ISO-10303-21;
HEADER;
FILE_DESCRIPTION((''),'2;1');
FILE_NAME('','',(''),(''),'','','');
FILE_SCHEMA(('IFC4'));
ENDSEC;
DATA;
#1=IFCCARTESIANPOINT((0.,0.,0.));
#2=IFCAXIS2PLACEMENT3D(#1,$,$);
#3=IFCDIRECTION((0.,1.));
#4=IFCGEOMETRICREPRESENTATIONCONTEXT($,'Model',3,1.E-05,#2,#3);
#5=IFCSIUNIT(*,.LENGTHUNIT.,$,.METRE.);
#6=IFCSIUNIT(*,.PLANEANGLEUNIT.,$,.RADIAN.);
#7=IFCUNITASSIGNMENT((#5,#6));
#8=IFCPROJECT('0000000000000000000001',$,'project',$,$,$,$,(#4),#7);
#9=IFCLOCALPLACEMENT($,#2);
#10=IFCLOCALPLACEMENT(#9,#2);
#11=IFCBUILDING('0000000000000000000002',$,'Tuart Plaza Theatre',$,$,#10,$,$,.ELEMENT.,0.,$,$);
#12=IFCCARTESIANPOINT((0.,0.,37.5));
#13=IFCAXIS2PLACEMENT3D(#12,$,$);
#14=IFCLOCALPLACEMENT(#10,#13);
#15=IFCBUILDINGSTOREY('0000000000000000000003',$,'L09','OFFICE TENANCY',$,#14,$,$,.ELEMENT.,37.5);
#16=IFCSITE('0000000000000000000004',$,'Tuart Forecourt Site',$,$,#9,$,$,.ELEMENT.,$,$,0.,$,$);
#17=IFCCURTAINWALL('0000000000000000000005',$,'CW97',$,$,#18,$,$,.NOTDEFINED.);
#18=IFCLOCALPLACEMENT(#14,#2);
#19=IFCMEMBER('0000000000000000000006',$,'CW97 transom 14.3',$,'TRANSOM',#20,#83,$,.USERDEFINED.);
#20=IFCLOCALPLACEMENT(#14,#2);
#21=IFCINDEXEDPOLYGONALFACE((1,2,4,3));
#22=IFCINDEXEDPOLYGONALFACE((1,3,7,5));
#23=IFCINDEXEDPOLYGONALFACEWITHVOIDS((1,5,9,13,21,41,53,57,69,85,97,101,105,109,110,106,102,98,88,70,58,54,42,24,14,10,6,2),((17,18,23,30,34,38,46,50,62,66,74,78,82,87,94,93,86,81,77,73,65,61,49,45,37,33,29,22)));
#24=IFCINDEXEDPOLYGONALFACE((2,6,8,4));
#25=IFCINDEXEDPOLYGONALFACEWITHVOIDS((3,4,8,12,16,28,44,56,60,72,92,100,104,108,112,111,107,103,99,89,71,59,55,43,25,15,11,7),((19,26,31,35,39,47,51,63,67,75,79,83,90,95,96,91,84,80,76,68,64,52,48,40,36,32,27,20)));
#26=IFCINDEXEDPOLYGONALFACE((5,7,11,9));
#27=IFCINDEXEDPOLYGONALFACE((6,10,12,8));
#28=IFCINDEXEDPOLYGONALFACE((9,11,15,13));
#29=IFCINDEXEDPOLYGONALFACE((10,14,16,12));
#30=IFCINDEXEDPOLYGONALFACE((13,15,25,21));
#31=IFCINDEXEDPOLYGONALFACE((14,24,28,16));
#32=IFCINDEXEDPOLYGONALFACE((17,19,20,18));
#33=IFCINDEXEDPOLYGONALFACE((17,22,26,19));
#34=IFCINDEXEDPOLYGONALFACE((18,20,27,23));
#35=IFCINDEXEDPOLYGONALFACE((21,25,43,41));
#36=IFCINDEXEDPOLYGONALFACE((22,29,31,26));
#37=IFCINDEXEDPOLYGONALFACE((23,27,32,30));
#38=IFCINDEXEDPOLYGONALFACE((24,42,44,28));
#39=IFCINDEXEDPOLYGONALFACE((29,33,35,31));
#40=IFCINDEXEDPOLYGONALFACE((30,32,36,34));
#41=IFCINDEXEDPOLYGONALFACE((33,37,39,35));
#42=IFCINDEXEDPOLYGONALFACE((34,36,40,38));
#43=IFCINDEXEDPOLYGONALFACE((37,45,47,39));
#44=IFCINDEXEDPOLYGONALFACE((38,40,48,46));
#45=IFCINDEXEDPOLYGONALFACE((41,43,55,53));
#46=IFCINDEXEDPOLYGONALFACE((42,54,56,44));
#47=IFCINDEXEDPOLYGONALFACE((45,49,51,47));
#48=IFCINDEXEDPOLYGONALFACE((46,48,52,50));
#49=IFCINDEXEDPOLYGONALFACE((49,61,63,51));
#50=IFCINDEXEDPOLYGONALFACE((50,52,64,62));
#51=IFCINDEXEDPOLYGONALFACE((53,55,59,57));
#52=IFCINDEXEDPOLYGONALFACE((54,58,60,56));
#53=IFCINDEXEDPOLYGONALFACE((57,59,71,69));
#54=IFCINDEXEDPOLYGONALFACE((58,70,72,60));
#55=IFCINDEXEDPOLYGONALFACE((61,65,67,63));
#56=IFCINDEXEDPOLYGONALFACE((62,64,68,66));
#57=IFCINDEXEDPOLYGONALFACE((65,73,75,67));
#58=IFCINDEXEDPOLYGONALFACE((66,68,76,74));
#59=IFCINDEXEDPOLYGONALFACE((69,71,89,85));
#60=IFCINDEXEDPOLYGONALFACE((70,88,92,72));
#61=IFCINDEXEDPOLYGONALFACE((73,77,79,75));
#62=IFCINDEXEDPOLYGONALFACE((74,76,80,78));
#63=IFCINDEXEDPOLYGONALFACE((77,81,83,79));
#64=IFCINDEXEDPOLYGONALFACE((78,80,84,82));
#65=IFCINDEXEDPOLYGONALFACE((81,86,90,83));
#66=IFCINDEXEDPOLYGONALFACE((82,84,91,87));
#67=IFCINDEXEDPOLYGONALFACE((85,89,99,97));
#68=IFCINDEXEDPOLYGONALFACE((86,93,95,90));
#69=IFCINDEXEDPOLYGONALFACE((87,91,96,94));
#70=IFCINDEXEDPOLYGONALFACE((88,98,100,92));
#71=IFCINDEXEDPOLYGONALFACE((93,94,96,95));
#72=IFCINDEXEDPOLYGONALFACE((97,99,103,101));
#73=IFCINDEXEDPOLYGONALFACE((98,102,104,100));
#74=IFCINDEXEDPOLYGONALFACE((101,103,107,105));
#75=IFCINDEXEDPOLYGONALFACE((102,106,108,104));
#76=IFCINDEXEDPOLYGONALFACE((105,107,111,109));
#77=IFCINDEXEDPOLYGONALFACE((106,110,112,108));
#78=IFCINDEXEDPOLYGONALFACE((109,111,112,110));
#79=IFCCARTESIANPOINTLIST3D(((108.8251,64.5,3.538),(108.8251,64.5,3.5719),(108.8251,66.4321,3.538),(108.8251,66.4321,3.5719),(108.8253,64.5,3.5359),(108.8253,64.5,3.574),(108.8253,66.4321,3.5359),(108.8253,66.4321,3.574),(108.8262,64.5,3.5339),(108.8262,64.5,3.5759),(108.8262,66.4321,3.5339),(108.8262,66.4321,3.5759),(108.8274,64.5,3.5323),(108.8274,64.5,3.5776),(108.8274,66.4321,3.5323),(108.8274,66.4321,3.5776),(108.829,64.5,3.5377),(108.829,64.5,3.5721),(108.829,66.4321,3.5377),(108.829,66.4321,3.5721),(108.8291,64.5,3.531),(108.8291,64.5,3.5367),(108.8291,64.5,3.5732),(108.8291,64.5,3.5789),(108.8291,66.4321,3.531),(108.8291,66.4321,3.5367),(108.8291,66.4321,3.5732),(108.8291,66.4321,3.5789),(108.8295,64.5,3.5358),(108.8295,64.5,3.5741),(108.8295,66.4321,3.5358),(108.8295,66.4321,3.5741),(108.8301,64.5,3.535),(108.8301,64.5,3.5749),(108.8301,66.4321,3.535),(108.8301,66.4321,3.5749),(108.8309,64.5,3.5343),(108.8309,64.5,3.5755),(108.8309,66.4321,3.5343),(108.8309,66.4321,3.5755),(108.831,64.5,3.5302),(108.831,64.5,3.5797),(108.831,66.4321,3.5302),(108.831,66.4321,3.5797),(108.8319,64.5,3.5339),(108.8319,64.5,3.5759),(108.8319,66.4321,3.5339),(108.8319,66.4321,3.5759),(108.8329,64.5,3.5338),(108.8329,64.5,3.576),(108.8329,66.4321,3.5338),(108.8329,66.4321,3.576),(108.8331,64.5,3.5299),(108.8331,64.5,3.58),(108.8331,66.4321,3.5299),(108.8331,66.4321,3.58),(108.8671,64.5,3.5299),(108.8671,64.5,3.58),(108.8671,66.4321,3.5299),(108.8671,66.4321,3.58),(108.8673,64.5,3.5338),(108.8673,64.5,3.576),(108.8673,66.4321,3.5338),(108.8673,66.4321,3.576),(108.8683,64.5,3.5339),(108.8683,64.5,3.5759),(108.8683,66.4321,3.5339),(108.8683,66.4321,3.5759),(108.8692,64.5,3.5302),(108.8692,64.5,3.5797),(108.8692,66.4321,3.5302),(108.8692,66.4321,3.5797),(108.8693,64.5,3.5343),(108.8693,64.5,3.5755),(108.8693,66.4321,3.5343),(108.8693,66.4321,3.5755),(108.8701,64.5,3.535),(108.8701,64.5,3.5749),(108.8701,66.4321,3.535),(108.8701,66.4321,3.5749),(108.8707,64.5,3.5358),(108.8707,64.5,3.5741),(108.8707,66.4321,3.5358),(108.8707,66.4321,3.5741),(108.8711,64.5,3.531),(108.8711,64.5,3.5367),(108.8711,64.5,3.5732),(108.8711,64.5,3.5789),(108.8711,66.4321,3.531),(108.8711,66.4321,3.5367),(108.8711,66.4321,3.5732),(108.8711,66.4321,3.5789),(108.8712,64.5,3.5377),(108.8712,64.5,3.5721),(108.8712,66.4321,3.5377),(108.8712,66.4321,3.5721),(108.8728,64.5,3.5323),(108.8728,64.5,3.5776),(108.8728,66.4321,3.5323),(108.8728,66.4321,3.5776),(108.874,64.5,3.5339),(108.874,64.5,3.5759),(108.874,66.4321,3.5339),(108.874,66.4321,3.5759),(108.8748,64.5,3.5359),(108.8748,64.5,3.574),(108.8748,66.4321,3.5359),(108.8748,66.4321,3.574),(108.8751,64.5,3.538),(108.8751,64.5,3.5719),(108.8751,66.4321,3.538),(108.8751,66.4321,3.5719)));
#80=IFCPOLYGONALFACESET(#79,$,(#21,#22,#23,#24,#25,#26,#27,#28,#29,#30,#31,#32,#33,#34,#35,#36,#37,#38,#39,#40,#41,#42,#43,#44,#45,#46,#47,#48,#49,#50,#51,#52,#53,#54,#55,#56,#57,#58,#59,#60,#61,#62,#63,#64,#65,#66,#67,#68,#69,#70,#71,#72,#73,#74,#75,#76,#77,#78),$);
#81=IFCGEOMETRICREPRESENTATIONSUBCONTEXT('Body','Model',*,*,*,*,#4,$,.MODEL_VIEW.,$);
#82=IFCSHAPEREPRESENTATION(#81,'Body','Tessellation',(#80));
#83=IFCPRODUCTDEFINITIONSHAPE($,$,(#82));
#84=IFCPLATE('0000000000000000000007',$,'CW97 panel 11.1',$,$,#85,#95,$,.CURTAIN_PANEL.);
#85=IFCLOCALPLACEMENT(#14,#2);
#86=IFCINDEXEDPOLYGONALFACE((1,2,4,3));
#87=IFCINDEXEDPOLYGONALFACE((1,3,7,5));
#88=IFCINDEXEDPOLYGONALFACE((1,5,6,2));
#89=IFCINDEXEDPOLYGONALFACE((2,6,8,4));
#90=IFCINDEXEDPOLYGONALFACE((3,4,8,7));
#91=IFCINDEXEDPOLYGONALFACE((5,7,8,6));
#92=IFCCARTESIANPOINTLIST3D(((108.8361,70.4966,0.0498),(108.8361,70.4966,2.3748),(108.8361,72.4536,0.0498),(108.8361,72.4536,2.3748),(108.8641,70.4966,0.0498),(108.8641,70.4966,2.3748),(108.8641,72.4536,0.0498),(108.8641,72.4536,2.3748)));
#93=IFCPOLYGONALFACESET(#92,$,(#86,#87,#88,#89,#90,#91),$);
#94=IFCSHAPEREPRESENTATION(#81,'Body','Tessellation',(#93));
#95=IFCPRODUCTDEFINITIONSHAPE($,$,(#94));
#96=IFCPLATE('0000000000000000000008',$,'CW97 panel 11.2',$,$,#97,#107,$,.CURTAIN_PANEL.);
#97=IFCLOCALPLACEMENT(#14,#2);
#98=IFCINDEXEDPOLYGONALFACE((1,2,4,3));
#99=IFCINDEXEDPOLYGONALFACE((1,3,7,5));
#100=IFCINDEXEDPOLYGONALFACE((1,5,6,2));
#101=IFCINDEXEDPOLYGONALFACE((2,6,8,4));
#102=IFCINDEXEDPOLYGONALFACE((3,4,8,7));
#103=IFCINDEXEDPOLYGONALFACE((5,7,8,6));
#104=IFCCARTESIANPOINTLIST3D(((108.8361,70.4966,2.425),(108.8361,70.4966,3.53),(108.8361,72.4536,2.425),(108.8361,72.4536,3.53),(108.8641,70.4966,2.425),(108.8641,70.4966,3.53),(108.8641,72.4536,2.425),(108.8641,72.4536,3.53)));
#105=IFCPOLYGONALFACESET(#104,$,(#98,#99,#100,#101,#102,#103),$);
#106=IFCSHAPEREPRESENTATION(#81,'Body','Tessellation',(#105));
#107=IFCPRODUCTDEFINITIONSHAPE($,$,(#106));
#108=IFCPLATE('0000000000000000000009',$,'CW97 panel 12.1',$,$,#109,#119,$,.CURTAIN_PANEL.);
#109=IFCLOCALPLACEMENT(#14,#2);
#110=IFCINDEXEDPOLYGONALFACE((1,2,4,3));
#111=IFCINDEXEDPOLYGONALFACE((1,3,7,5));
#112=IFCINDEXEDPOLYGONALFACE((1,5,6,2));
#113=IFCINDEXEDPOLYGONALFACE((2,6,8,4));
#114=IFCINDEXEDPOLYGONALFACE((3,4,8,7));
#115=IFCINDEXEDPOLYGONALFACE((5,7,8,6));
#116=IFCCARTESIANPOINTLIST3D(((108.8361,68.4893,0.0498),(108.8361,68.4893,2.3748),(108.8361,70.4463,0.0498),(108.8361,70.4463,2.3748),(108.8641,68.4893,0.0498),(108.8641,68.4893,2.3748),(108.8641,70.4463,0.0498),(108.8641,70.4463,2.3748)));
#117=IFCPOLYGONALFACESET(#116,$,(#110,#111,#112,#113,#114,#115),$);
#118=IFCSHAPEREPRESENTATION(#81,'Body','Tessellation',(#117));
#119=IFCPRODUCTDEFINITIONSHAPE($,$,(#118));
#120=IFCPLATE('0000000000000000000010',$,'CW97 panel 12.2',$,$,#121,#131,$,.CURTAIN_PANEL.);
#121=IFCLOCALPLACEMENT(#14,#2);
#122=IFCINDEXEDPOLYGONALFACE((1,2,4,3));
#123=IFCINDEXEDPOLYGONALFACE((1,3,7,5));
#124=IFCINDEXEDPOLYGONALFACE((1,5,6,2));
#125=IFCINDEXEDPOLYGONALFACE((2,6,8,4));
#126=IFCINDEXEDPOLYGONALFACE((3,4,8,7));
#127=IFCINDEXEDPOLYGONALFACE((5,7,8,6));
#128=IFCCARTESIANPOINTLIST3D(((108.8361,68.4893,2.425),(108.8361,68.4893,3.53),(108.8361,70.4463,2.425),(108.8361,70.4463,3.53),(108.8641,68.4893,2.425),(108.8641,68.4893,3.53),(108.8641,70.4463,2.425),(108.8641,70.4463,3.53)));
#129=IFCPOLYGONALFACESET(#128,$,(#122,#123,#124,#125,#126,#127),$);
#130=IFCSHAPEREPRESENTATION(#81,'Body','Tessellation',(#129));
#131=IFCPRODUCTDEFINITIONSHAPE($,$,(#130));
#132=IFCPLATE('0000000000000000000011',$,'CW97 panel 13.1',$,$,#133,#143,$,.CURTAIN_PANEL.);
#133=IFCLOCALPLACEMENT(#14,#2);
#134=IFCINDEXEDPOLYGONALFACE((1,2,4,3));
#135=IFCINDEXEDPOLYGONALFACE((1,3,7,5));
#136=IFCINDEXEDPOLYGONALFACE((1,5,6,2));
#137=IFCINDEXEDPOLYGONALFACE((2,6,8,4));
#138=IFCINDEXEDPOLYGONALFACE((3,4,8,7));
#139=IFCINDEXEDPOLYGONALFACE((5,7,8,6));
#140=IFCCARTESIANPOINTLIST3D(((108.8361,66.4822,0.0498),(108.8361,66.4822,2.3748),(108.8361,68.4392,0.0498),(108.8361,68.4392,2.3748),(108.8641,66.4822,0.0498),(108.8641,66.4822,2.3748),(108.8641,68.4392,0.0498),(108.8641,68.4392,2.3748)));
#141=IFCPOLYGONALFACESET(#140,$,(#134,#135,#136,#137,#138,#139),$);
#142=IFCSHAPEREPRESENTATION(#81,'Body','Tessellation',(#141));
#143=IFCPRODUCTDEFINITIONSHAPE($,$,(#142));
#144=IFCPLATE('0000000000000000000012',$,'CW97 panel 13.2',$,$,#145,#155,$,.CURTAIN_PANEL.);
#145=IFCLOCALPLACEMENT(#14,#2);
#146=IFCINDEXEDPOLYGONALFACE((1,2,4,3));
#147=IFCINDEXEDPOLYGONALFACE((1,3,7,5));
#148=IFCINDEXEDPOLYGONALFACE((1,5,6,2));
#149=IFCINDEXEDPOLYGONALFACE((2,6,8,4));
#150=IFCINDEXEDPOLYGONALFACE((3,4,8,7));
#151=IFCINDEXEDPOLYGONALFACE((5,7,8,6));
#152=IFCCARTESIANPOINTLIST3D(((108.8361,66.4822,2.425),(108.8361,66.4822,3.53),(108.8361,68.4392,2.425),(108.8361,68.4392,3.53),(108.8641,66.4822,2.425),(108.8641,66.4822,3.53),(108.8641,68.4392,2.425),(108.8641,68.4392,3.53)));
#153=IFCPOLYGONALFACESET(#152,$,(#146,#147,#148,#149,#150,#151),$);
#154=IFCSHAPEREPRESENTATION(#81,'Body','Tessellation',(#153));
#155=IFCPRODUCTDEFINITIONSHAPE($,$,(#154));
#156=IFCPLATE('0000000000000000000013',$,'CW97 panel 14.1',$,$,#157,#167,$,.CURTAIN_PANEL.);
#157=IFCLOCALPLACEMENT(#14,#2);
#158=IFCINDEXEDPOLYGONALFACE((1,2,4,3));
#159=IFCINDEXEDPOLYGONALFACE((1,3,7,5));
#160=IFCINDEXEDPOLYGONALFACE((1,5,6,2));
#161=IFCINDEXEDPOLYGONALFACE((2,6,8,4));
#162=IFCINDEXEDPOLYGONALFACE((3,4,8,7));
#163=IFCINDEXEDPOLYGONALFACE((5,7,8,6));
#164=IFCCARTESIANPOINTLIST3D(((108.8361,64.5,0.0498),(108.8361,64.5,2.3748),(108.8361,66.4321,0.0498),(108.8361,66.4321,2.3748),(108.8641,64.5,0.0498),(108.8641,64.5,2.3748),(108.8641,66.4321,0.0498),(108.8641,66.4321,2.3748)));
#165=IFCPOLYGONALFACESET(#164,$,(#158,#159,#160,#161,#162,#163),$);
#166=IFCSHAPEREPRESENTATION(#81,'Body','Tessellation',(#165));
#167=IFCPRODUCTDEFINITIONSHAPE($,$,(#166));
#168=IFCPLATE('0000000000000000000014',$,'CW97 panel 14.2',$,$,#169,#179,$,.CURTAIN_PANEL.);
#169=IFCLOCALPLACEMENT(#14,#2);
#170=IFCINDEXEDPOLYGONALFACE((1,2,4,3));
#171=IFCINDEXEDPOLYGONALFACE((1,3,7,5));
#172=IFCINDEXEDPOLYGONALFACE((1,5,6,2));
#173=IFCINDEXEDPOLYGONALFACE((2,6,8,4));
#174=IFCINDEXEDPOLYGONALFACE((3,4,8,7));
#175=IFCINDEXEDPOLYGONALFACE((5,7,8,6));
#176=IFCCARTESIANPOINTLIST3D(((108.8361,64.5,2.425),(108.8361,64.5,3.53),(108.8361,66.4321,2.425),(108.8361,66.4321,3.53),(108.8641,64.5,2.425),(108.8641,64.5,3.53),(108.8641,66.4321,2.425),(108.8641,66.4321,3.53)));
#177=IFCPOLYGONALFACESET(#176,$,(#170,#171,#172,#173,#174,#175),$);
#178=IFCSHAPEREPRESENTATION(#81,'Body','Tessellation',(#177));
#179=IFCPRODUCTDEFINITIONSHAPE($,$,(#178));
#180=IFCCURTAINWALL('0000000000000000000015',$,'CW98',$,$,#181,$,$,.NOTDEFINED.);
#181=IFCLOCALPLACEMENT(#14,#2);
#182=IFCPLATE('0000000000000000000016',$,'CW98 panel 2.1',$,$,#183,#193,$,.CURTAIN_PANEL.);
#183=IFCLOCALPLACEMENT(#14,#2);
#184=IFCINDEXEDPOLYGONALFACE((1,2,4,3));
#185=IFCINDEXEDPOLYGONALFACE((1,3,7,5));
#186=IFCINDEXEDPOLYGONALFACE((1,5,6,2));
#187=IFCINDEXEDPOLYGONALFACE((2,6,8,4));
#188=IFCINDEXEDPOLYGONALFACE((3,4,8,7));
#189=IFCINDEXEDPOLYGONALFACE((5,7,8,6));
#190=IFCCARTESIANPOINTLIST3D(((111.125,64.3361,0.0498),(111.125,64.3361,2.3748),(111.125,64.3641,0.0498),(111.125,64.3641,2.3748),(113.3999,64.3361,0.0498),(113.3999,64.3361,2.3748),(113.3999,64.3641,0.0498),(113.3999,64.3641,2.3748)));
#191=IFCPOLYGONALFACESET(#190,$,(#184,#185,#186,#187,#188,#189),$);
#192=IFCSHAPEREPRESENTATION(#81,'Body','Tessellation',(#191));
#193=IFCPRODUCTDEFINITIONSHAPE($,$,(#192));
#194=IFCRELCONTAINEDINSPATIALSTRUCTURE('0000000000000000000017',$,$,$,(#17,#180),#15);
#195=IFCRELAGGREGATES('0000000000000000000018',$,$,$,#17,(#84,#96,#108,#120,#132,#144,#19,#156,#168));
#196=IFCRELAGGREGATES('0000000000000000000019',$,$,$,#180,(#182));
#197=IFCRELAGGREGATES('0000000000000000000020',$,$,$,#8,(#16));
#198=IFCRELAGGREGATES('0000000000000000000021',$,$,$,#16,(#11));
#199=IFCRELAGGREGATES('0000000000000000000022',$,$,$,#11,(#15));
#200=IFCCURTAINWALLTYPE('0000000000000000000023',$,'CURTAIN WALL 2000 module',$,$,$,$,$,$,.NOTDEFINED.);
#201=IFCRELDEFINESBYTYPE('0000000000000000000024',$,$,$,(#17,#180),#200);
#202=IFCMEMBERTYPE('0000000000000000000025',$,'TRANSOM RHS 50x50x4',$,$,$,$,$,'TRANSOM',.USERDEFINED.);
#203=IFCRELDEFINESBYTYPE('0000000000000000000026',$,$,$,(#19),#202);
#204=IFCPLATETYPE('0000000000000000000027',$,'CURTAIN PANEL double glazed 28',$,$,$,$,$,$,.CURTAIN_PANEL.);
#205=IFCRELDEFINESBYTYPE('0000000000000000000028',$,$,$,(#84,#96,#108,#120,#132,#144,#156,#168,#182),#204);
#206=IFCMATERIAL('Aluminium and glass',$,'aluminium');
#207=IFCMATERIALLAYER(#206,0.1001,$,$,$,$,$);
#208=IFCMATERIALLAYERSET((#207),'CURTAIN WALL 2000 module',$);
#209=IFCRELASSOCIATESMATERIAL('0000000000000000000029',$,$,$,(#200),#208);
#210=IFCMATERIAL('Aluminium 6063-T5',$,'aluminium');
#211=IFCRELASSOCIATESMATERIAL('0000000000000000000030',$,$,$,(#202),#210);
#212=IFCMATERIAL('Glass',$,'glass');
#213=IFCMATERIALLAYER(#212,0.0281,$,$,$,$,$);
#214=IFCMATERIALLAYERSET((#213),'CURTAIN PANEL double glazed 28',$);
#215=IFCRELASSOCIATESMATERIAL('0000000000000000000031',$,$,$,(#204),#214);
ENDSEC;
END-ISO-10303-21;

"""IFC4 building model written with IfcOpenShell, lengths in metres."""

from ifc_helpers import new_model, si_unit, direction, frame, origin, origin_2d, place, context, subcontext, project, spatial, rectangle, hollow_rectangle, extrude, material, layer, layer_set, material_profile, profile_set, type_object, element, aggregate, save


model = new_model("IFC4")

# Units and contexts
model_context = context("Model", 3, precision=1e-05, world=origin(), true_north=direction((0.0, 1.0)))
body_context = subcontext(model_context, "Body", "Model", "MODEL_VIEW")
ifc_project = project(units=[si_unit("LENGTHUNIT", "METRE"), si_unit("PLANEANGLEUNIT", "RADIAN")], contexts=[model_context])

# Site, building, storey
site_placement = place(None, origin())
site = spatial("IfcSite", under=ifc_project, at=site_placement, Name="Tuart Forecourt Site", CompositionType="ELEMENT", RefElevation=0.0)
building_placement = place(site_placement, origin())
building = spatial("IfcBuilding", under=site, at=building_placement, Name="Tuart Plaza Theatre", CompositionType="ELEMENT", ElevationOfRefHeight=0.0)
storey_placement = place(building_placement, frame((0.0, 0.0, 37.5)))
storey = spatial("IfcBuildingStorey", under=building, at=storey_placement, Name="L09", Description="OFFICE TENANCY", CompositionType="ELEMENT", Elevation=37.5)

# Curtain wall, member, plates
ifc_material_1 = material(Name="Aluminium and glass", Category="aluminium")
ifc_layer_1 = layer(ifc_material_1, 0.1001)
ifc_layer_set_1 = layer_set([ifc_layer_1], Name="CURTAIN WALL 2000 module")
curtain_wall_type = type_object("IfcCurtainWallType", Name="CURTAIN WALL 2000 module", PredefinedType="NOTDEFINED", material=ifc_layer_set_1)
curtain_wall_1_placement = place(storey_placement, origin())
curtain_wall_1 = element("IfcCurtainWall", 1, at=curtain_wall_1_placement, inside=storey, type_object=curtain_wall_type, Name="CW97", PredefinedType="NOTDEFINED")
ifc_material_2 = material(Name="Aluminium 6063-T5", Category="aluminium")
ifc_material_profile_1 = material_profile(ifc_material_2, hollow_rectangle(XDim=0.05, YDim=0.05, WallThickness=0.0039, InnerFilletRadius=0.0039, OuterFilletRadius=0.0081, at=origin_2d()), Name="RHS 50x50x4")
ifc_profile_set_1 = profile_set([ifc_material_profile_1], Name="Aluminium 6063-T5")
member_type = type_object("IfcMemberType", Name="TRANSOM RHS 50x50x4", ElementType="TRANSOM", PredefinedType="USERDEFINED", material=ifc_profile_set_1)
member_1_placement = place(storey_placement, frame((108.8501, 66.4321, 3.5549), z_axis=(0.0, -1.0, 0.0), x_axis=(1.0, 0.0, 0.0)))
member_1 = element("IfcMember", 2, at=member_1_placement, type_object=member_type, Name="CW97 transom 14.3", ObjectType="TRANSOM", PredefinedType="USERDEFINED", context=body_context, shape_type="SweptSolid", body=[
    extrude(hollow_rectangle(XDim=0.05, YDim=0.05, WallThickness=0.0039, InnerFilletRadius=0.0039, OuterFilletRadius=0.0081, at=origin_2d()), origin(), (0.0, 0.0, 1.0), 1.9321),
])
ifc_material_3 = material(Name="Glass", Category="glass")
ifc_layer_2 = layer(ifc_material_3, 0.0281)
ifc_layer_set_2 = layer_set([ifc_layer_2], Name="CURTAIN PANEL double glazed 28")
plate_type = type_object("IfcPlateType", Name="CURTAIN PANEL double glazed 28", PredefinedType="CURTAIN_PANEL", material=ifc_layer_set_2)
plate_1_placement = place(storey_placement, frame((108.8501, 71.4751, 0.0498), z_axis=(0.0, 0.0, 1.0), x_axis=(0.0, -1.0, 0.0)))
plate_1 = element("IfcPlate", 3, at=plate_1_placement, type_object=plate_type, Name="CW97 panel 11.1", PredefinedType="CURTAIN_PANEL", context=body_context, shape_type="SweptSolid", body=[
    extrude(rectangle(XDim=1.957, YDim=0.0281, at=origin_2d()), origin(), (0.0, 0.0, 1.0), 2.325),
])
plate_2_placement = place(storey_placement, frame((108.8501, 71.4751, 2.425), z_axis=(0.0, 0.0, 1.0), x_axis=(0.0, -1.0, 0.0)))
plate_2 = element("IfcPlate", 4, at=plate_2_placement, type_object=plate_type, Name="CW97 panel 11.2", PredefinedType="CURTAIN_PANEL", context=body_context, shape_type="SweptSolid", body=[
    extrude(rectangle(XDim=1.957, YDim=0.0281, at=origin_2d()), origin(), (0.0, 0.0, 1.0), 1.105),
])
plate_3_placement = place(storey_placement, frame((108.8501, 69.4678, 0.0498), z_axis=(0.0, 0.0, 1.0), x_axis=(0.0, -1.0, 0.0)))
plate_3 = element("IfcPlate", 5, at=plate_3_placement, type_object=plate_type, Name="CW97 panel 12.1", PredefinedType="CURTAIN_PANEL", context=body_context, shape_type="SweptSolid", body=[
    extrude(rectangle(XDim=1.957, YDim=0.0281, at=origin_2d()), origin(), (0.0, 0.0, 1.0), 2.325),
])
plate_4_placement = place(storey_placement, frame((108.8501, 69.4678, 2.425), z_axis=(0.0, 0.0, 1.0), x_axis=(0.0, -1.0, 0.0)))
plate_4 = element("IfcPlate", 6, at=plate_4_placement, type_object=plate_type, Name="CW97 panel 12.2", PredefinedType="CURTAIN_PANEL", context=body_context, shape_type="SweptSolid", body=[
    extrude(rectangle(XDim=1.957, YDim=0.0281, at=origin_2d()), origin(), (0.0, 0.0, 1.0), 1.105),
])
plate_5_placement = place(storey_placement, frame((108.8501, 67.4607, 0.0498), z_axis=(0.0, 0.0, 1.0), x_axis=(0.0, -1.0, 0.0)))
plate_5 = element("IfcPlate", 7, at=plate_5_placement, type_object=plate_type, Name="CW97 panel 13.1", PredefinedType="CURTAIN_PANEL", context=body_context, shape_type="SweptSolid", body=[
    extrude(rectangle(XDim=1.957, YDim=0.0281, at=origin_2d()), origin(), (0.0, 0.0, 1.0), 2.325),
])
plate_6_placement = place(storey_placement, frame((108.8501, 67.4607, 2.425), z_axis=(0.0, 0.0, 1.0), x_axis=(0.0, -1.0, 0.0)))
plate_6 = element("IfcPlate", 8, at=plate_6_placement, type_object=plate_type, Name="CW97 panel 13.2", PredefinedType="CURTAIN_PANEL", context=body_context, shape_type="SweptSolid", body=[
    extrude(rectangle(XDim=1.957, YDim=0.0281, at=origin_2d()), origin(), (0.0, 0.0, 1.0), 1.105),
])
plate_7_placement = place(storey_placement, frame((108.8501, 65.4661, 0.0498), z_axis=(0.0, 0.0, 1.0), x_axis=(0.0, -1.0, 0.0)))
plate_7 = element("IfcPlate", 9, at=plate_7_placement, type_object=plate_type, Name="CW97 panel 14.1", PredefinedType="CURTAIN_PANEL", context=body_context, shape_type="SweptSolid", body=[
    extrude(rectangle(XDim=1.9321, YDim=0.0281, at=origin_2d()), origin(), (0.0, 0.0, 1.0), 2.325),
])
plate_8_placement = place(storey_placement, frame((108.8501, 65.4661, 2.425), z_axis=(0.0, 0.0, 1.0), x_axis=(0.0, -1.0, 0.0)))
plate_8 = element("IfcPlate", 10, at=plate_8_placement, type_object=plate_type, Name="CW97 panel 14.2", PredefinedType="CURTAIN_PANEL", context=body_context, shape_type="SweptSolid", body=[
    extrude(rectangle(XDim=1.9321, YDim=0.0281, at=origin_2d()), origin(), (0.0, 0.0, 1.0), 1.105),
])
aggregate(curtain_wall_1, [plate_1, plate_2, plate_3, plate_4, plate_5, plate_6, member_1, plate_7, plate_8])

# Curtain wall, plate
curtain_wall_2_placement = place(storey_placement, origin())
curtain_wall_2 = element("IfcCurtainWall", 11, at=curtain_wall_2_placement, inside=storey, type_object=curtain_wall_type, Name="CW98", PredefinedType="NOTDEFINED")
plate_9_placement = place(storey_placement, frame((112.2625, 64.3501, 0.0498), z_axis=(0.0, 0.0, 1.0), x_axis=(1.0, 0.0, 0.0)))
plate_9 = element("IfcPlate", 12, at=plate_9_placement, type_object=plate_type, Name="CW98 panel 2.1", PredefinedType="CURTAIN_PANEL", context=body_context, shape_type="SweptSolid", body=[
    extrude(rectangle(XDim=2.2749, YDim=0.0281, at=origin_2d()), origin(), (0.0, 0.0, 1.0), 2.325),
])
aggregate(curtain_wall_2, [plate_9])

save(model, "model.ifc")
